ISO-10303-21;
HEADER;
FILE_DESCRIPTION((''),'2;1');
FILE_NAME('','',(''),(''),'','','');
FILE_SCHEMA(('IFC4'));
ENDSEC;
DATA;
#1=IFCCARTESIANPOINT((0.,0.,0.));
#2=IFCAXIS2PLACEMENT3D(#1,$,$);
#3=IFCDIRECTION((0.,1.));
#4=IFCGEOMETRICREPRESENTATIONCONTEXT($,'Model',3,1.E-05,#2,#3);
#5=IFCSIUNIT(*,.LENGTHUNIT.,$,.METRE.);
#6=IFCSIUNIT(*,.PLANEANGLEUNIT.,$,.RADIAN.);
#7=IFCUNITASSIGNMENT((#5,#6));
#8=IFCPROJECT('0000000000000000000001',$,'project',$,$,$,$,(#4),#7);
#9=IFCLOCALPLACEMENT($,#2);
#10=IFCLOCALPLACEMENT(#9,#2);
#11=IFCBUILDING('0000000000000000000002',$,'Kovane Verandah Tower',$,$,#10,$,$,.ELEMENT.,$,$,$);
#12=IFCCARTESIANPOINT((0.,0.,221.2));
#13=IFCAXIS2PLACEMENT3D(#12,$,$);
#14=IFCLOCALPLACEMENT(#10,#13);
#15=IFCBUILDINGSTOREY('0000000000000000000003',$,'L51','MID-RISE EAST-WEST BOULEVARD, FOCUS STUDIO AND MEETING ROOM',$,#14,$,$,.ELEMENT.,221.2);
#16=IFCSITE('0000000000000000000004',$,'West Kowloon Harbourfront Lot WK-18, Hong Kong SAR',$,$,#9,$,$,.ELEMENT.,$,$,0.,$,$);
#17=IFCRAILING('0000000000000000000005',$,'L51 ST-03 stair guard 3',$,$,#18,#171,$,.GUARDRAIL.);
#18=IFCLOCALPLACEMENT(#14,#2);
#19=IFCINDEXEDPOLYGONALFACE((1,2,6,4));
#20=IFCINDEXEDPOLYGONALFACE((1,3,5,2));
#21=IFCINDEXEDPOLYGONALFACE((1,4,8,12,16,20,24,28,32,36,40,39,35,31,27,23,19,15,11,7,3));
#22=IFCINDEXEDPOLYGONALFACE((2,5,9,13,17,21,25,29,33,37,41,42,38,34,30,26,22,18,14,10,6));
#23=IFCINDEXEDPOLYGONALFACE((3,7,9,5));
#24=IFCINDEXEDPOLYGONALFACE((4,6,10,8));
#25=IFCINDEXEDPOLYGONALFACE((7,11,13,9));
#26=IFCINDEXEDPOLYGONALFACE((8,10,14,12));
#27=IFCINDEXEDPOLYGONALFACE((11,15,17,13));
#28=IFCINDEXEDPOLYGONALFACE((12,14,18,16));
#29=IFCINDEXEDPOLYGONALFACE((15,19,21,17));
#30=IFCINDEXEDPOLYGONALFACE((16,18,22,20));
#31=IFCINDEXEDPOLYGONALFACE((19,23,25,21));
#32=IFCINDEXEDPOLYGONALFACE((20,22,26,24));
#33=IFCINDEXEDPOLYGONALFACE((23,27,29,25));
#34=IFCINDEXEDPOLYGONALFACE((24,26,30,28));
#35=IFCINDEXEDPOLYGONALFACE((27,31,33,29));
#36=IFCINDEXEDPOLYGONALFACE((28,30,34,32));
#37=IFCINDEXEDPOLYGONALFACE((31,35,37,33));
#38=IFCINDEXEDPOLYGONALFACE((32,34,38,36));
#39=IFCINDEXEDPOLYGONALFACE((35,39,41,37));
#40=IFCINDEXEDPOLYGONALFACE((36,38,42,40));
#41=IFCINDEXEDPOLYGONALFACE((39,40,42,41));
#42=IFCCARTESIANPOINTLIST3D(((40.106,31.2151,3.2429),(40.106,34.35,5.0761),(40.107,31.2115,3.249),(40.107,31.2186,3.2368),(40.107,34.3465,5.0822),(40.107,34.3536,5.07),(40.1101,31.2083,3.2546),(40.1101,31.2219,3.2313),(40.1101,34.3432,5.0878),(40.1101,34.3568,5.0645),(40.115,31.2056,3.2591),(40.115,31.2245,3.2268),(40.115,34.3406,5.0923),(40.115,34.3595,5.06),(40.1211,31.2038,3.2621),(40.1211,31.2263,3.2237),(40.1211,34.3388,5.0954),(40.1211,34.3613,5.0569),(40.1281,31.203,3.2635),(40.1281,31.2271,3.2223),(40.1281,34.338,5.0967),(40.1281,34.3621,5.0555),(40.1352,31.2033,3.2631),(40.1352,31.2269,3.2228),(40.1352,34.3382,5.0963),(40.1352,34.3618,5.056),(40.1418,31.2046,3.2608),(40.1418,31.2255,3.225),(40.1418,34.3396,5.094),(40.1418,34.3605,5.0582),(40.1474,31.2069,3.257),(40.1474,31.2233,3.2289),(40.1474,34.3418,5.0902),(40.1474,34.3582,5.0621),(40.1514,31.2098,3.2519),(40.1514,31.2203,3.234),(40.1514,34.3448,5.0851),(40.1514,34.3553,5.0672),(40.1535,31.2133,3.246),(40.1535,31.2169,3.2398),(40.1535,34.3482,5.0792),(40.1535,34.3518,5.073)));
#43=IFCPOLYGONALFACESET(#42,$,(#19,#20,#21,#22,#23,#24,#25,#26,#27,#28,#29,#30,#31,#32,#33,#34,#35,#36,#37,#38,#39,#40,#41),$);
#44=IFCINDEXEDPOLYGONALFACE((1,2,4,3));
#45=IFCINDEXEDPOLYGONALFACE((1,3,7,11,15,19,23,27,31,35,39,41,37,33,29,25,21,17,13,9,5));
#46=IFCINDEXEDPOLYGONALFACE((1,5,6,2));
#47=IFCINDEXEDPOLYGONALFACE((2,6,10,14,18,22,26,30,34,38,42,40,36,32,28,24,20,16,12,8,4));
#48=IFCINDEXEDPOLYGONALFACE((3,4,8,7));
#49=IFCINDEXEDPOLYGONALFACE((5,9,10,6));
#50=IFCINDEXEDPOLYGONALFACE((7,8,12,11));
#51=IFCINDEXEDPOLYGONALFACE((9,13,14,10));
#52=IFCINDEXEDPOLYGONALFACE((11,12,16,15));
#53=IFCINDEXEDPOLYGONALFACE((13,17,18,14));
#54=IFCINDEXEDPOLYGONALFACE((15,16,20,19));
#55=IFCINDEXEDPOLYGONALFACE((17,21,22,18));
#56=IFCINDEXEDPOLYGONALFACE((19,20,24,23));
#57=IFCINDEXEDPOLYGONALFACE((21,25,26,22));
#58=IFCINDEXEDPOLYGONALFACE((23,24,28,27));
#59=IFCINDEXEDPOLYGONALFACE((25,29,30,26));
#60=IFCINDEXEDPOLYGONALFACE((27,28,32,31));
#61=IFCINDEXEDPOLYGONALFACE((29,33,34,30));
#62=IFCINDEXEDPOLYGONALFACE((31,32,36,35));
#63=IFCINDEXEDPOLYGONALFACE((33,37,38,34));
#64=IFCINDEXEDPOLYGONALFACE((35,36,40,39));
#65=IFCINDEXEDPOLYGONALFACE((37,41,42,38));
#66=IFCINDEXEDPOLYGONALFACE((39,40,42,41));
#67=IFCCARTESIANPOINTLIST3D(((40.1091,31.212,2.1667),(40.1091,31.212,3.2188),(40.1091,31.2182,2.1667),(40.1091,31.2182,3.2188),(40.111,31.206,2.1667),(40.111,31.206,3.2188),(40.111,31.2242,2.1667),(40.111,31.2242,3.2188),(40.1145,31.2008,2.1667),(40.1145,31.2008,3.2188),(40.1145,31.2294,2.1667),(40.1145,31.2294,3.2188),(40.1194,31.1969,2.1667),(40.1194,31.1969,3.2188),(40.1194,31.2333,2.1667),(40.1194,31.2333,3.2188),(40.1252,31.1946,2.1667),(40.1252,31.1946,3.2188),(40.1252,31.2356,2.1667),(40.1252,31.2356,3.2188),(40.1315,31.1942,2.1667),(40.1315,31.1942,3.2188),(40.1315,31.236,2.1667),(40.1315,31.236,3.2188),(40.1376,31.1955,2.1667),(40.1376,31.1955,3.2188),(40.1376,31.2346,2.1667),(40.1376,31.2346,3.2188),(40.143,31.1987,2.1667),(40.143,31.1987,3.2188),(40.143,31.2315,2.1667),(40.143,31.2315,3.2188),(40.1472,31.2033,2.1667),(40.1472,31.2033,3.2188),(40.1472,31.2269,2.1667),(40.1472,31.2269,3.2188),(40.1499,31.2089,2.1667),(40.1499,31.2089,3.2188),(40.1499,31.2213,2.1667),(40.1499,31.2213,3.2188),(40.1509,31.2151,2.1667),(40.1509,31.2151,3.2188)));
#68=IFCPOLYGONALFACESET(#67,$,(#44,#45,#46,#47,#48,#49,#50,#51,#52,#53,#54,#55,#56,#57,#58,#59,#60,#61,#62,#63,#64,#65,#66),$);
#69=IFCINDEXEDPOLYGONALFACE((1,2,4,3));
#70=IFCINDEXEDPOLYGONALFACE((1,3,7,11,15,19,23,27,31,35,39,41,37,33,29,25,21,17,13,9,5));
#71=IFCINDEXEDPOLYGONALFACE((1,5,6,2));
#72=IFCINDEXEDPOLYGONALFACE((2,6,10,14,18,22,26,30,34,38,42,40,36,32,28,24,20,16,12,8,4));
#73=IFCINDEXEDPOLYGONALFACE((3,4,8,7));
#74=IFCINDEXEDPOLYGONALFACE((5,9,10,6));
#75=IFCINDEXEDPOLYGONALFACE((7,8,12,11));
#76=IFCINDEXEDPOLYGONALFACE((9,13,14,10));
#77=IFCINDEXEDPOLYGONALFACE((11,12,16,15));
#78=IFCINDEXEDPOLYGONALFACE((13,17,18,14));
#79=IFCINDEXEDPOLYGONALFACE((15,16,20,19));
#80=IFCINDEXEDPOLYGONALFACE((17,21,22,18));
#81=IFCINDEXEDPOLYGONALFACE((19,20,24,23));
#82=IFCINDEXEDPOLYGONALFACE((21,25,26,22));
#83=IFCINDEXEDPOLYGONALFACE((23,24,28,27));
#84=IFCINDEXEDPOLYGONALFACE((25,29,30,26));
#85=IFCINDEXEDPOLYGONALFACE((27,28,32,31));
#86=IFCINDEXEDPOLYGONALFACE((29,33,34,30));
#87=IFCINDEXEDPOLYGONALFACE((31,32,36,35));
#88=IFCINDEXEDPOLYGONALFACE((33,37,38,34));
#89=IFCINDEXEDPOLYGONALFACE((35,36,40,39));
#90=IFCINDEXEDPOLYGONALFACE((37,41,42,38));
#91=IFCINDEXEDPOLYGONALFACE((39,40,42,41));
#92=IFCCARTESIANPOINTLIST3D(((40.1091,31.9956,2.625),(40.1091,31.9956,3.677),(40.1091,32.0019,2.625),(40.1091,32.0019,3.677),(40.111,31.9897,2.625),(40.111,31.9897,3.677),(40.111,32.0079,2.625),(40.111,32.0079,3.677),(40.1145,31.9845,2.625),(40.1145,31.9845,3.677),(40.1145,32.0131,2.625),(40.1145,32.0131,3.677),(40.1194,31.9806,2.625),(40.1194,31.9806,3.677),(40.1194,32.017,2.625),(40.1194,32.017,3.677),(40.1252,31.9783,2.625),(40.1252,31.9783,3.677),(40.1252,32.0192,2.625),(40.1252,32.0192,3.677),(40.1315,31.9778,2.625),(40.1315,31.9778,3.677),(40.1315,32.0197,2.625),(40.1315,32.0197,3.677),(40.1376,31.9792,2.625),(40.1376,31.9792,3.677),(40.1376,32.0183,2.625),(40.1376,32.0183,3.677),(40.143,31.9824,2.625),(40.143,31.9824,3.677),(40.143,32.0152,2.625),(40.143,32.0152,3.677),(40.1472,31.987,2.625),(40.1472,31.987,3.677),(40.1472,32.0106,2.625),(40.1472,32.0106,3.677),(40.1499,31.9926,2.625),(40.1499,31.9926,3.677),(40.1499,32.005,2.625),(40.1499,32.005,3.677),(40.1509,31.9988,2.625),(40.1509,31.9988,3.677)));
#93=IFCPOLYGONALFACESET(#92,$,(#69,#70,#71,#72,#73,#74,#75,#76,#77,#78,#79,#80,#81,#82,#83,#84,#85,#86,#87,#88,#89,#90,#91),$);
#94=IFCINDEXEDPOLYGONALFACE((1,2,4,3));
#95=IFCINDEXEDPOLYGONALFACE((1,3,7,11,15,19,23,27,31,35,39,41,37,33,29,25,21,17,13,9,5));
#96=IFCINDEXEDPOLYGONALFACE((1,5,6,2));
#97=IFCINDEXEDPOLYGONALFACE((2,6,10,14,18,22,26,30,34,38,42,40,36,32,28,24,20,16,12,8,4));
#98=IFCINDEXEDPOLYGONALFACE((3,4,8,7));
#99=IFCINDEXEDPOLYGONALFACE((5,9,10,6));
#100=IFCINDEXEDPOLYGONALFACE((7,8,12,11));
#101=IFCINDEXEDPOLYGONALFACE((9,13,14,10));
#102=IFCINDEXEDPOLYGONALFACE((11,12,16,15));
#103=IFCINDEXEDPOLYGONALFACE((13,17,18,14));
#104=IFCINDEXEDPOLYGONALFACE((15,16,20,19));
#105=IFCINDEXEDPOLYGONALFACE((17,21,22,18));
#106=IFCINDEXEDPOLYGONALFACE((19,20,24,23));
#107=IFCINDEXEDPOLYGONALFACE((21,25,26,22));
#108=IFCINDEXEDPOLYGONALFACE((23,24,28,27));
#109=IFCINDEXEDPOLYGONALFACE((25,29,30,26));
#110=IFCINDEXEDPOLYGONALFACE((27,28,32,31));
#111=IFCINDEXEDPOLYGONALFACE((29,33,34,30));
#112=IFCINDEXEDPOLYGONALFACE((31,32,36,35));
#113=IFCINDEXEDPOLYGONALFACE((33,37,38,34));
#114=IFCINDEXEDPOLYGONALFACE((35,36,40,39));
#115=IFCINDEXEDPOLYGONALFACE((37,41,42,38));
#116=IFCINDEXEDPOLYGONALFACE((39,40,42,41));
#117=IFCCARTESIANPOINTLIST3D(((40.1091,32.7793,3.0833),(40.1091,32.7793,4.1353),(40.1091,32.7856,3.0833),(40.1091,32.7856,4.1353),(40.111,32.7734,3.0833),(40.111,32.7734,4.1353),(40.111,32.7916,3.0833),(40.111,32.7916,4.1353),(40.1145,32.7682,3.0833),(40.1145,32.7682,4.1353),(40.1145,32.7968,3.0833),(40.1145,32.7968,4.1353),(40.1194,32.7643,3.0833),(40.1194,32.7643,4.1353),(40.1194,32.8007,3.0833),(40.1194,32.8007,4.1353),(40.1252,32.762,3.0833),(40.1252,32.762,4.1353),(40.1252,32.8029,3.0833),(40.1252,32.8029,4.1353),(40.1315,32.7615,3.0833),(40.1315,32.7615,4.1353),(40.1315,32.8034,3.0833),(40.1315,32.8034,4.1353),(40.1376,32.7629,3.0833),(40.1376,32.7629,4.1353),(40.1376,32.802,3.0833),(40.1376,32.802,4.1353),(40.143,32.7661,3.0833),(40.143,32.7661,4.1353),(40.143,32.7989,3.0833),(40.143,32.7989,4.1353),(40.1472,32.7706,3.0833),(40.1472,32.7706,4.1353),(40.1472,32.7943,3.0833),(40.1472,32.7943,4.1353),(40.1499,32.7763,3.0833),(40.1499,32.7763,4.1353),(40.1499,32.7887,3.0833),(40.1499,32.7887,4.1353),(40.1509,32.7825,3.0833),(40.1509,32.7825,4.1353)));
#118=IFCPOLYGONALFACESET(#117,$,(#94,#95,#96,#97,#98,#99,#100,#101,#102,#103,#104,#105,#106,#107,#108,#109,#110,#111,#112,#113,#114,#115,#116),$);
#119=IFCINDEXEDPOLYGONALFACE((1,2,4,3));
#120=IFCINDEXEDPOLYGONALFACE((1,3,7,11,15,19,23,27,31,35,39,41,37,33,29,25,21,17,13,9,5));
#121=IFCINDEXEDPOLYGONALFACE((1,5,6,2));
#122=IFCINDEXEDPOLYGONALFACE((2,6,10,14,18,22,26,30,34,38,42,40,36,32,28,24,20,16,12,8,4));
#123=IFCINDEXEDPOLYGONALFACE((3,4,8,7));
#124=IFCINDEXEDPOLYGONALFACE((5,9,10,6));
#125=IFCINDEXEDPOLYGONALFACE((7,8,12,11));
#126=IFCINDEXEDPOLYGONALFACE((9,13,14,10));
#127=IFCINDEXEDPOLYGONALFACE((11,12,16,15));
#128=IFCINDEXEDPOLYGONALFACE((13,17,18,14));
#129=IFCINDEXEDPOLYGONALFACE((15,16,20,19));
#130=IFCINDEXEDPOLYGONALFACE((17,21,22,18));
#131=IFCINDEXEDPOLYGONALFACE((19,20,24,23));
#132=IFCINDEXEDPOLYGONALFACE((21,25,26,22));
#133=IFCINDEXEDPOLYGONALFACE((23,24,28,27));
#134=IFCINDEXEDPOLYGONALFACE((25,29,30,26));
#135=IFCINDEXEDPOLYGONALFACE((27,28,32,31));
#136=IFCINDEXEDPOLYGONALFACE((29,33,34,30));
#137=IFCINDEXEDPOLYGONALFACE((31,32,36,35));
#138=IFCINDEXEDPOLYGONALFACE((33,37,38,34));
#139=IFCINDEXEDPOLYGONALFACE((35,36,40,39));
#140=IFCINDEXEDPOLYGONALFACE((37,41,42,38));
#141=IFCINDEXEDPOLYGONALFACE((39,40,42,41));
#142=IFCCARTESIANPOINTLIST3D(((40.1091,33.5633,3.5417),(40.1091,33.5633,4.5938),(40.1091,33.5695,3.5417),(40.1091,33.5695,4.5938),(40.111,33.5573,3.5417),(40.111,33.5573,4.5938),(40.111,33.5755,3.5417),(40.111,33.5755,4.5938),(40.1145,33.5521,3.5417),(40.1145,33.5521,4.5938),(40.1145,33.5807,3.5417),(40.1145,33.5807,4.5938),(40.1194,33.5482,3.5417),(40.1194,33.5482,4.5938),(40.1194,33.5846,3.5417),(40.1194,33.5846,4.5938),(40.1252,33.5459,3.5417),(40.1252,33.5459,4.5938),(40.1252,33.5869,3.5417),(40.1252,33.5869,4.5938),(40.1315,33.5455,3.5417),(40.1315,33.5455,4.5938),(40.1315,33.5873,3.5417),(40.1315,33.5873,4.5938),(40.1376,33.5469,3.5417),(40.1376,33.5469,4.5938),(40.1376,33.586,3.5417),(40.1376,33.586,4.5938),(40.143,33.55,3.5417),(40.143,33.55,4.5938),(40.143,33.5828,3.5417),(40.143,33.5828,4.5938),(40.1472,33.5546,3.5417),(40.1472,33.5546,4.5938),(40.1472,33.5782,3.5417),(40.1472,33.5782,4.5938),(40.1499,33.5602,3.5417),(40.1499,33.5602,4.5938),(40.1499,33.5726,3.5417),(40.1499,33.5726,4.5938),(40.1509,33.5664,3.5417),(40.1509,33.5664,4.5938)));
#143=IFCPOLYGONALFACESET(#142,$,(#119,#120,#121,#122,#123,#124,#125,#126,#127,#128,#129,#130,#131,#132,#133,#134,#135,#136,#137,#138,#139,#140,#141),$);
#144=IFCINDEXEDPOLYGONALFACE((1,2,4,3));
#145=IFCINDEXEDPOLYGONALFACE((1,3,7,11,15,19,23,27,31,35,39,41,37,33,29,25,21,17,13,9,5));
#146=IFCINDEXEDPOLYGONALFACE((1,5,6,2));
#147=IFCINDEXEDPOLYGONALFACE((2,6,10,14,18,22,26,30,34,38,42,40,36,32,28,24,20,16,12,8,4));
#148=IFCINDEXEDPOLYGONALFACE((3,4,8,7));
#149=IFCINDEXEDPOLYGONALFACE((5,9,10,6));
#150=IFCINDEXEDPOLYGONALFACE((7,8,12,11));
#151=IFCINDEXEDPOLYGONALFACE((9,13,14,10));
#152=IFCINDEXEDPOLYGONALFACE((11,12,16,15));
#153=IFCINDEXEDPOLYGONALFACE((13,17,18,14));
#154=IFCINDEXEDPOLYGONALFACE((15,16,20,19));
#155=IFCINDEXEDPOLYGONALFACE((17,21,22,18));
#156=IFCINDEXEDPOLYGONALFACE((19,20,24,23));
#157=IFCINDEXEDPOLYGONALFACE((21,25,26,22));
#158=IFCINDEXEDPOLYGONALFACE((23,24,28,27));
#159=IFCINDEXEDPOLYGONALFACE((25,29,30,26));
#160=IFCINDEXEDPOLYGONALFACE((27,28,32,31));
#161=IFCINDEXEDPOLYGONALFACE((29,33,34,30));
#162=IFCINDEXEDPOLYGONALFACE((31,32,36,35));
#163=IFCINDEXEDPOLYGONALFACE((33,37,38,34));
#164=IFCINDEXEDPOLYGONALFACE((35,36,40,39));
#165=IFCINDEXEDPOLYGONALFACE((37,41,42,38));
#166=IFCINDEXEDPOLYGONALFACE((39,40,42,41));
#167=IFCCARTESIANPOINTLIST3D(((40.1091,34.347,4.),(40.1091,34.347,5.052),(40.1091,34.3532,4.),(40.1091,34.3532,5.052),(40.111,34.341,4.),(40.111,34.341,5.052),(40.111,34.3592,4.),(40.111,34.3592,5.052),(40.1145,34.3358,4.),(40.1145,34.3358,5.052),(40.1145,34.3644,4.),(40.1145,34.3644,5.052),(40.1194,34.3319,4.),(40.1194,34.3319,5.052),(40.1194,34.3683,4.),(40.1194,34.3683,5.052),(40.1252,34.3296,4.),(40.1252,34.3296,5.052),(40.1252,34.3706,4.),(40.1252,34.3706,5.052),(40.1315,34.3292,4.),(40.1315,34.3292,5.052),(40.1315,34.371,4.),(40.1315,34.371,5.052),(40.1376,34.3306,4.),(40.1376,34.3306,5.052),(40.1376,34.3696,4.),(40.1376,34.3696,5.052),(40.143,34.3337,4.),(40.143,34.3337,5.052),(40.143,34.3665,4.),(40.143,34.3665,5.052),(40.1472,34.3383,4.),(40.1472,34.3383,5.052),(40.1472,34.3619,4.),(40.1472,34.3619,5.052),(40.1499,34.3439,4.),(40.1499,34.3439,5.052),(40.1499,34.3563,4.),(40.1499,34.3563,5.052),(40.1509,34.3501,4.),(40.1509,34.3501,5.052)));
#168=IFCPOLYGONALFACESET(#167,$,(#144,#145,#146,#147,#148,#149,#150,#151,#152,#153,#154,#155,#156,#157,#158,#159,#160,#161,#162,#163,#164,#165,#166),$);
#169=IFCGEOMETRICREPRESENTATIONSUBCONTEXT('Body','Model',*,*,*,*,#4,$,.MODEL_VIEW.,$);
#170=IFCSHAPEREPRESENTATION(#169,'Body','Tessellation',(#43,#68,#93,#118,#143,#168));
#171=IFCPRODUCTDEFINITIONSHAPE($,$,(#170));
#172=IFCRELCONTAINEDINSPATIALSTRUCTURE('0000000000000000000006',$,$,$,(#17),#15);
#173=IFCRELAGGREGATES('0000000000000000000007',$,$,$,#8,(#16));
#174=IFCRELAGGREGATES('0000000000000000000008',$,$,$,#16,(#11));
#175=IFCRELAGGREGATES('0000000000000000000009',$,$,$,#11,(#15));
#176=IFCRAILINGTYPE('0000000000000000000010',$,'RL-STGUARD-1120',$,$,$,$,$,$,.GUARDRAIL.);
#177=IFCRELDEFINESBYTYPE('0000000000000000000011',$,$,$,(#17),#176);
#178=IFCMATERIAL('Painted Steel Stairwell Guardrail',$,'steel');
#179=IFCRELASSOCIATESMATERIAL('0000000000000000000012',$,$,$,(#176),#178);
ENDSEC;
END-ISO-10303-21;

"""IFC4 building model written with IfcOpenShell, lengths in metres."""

from ifc_helpers import new_model, si_unit, direction, frame, origin, origin_2d, place, context, subcontext, project, spatial, circle, extrude, material, type_object, element, save


model = new_model("IFC4")

# Units and contexts
model_context = context("Model", 3, precision=1e-05, world=origin(), true_north=direction((0.0, 1.0)))
body_context = subcontext(model_context, "Body", "Model", "MODEL_VIEW")
ifc_project = project(units=[si_unit("LENGTHUNIT", "METRE"), si_unit("PLANEANGLEUNIT", "RADIAN")], contexts=[model_context])

# Site, building, storey
site_placement = place(None, origin())
site = spatial("IfcSite", under=ifc_project, at=site_placement, Name="West Kowloon Harbourfront Lot WK-18, Hong Kong SAR", CompositionType="ELEMENT", RefElevation=0.0)
building_placement = place(site_placement, origin())
building = spatial("IfcBuilding", under=site, at=building_placement, Name="Kovane Verandah Tower", CompositionType="ELEMENT")
storey_placement = place(building_placement, frame((0.0, 0.0, 221.2)))
storey = spatial("IfcBuildingStorey", under=building, at=storey_placement, Name="L51", Description="MID-RISE EAST-WEST BOULEVARD, FOCUS STUDIO AND MEETING ROOM", CompositionType="ELEMENT", Elevation=221.2)

# Railing
ifc_material_1 = material(Name="Painted Steel Stairwell Guardrail", Category="steel")
railing_type_1 = type_object("IfcRailingType", Name="RL-STGUARD-1120", PredefinedType="GUARDRAIL", material=ifc_material_1)
railing_1_placement = place(storey_placement, frame((40.1299, 31.2151, 2.1667)))
element("IfcRailing", 1, at=railing_1_placement, inside=storey, type_object=railing_type_1, Name="L51 ST-03 stair guard 3", PredefinedType="GUARDRAIL", context=body_context, shape_type="SweptSolid", body=[
    extrude(circle(Radius=0.0239, at=origin_2d()), frame((0.0, 0.0, 1.0762), z_axis=(0.0, 0.86324, 0.504794), x_axis=(-1.0, 0.0, 0.0)), (0.0, 0.0, 1.0), 3.6316),
    extrude(circle(Radius=0.021, at=origin_2d()), origin(), (0.0, 0.0, 1.0), 1.052),
    extrude(circle(Radius=0.021, at=origin_2d()), frame((0.0, 0.7837, 0.4583)), (0.0, 0.0, 1.0), 1.052),
    extrude(circle(Radius=0.021, at=origin_2d()), frame((0.0, 1.5674, 0.9165)), (0.0, 0.0, 1.0), 1.052),
    extrude(circle(Radius=0.021, at=origin_2d()), frame((0.0, 2.3513, 1.375)), (0.0, 0.0, 1.0), 1.052),
    extrude(circle(Radius=0.021, at=origin_2d()), frame((0.0, 3.135, 1.8333)), (0.0, 0.0, 1.0), 1.052),
])

save(model, "model.ifc")
